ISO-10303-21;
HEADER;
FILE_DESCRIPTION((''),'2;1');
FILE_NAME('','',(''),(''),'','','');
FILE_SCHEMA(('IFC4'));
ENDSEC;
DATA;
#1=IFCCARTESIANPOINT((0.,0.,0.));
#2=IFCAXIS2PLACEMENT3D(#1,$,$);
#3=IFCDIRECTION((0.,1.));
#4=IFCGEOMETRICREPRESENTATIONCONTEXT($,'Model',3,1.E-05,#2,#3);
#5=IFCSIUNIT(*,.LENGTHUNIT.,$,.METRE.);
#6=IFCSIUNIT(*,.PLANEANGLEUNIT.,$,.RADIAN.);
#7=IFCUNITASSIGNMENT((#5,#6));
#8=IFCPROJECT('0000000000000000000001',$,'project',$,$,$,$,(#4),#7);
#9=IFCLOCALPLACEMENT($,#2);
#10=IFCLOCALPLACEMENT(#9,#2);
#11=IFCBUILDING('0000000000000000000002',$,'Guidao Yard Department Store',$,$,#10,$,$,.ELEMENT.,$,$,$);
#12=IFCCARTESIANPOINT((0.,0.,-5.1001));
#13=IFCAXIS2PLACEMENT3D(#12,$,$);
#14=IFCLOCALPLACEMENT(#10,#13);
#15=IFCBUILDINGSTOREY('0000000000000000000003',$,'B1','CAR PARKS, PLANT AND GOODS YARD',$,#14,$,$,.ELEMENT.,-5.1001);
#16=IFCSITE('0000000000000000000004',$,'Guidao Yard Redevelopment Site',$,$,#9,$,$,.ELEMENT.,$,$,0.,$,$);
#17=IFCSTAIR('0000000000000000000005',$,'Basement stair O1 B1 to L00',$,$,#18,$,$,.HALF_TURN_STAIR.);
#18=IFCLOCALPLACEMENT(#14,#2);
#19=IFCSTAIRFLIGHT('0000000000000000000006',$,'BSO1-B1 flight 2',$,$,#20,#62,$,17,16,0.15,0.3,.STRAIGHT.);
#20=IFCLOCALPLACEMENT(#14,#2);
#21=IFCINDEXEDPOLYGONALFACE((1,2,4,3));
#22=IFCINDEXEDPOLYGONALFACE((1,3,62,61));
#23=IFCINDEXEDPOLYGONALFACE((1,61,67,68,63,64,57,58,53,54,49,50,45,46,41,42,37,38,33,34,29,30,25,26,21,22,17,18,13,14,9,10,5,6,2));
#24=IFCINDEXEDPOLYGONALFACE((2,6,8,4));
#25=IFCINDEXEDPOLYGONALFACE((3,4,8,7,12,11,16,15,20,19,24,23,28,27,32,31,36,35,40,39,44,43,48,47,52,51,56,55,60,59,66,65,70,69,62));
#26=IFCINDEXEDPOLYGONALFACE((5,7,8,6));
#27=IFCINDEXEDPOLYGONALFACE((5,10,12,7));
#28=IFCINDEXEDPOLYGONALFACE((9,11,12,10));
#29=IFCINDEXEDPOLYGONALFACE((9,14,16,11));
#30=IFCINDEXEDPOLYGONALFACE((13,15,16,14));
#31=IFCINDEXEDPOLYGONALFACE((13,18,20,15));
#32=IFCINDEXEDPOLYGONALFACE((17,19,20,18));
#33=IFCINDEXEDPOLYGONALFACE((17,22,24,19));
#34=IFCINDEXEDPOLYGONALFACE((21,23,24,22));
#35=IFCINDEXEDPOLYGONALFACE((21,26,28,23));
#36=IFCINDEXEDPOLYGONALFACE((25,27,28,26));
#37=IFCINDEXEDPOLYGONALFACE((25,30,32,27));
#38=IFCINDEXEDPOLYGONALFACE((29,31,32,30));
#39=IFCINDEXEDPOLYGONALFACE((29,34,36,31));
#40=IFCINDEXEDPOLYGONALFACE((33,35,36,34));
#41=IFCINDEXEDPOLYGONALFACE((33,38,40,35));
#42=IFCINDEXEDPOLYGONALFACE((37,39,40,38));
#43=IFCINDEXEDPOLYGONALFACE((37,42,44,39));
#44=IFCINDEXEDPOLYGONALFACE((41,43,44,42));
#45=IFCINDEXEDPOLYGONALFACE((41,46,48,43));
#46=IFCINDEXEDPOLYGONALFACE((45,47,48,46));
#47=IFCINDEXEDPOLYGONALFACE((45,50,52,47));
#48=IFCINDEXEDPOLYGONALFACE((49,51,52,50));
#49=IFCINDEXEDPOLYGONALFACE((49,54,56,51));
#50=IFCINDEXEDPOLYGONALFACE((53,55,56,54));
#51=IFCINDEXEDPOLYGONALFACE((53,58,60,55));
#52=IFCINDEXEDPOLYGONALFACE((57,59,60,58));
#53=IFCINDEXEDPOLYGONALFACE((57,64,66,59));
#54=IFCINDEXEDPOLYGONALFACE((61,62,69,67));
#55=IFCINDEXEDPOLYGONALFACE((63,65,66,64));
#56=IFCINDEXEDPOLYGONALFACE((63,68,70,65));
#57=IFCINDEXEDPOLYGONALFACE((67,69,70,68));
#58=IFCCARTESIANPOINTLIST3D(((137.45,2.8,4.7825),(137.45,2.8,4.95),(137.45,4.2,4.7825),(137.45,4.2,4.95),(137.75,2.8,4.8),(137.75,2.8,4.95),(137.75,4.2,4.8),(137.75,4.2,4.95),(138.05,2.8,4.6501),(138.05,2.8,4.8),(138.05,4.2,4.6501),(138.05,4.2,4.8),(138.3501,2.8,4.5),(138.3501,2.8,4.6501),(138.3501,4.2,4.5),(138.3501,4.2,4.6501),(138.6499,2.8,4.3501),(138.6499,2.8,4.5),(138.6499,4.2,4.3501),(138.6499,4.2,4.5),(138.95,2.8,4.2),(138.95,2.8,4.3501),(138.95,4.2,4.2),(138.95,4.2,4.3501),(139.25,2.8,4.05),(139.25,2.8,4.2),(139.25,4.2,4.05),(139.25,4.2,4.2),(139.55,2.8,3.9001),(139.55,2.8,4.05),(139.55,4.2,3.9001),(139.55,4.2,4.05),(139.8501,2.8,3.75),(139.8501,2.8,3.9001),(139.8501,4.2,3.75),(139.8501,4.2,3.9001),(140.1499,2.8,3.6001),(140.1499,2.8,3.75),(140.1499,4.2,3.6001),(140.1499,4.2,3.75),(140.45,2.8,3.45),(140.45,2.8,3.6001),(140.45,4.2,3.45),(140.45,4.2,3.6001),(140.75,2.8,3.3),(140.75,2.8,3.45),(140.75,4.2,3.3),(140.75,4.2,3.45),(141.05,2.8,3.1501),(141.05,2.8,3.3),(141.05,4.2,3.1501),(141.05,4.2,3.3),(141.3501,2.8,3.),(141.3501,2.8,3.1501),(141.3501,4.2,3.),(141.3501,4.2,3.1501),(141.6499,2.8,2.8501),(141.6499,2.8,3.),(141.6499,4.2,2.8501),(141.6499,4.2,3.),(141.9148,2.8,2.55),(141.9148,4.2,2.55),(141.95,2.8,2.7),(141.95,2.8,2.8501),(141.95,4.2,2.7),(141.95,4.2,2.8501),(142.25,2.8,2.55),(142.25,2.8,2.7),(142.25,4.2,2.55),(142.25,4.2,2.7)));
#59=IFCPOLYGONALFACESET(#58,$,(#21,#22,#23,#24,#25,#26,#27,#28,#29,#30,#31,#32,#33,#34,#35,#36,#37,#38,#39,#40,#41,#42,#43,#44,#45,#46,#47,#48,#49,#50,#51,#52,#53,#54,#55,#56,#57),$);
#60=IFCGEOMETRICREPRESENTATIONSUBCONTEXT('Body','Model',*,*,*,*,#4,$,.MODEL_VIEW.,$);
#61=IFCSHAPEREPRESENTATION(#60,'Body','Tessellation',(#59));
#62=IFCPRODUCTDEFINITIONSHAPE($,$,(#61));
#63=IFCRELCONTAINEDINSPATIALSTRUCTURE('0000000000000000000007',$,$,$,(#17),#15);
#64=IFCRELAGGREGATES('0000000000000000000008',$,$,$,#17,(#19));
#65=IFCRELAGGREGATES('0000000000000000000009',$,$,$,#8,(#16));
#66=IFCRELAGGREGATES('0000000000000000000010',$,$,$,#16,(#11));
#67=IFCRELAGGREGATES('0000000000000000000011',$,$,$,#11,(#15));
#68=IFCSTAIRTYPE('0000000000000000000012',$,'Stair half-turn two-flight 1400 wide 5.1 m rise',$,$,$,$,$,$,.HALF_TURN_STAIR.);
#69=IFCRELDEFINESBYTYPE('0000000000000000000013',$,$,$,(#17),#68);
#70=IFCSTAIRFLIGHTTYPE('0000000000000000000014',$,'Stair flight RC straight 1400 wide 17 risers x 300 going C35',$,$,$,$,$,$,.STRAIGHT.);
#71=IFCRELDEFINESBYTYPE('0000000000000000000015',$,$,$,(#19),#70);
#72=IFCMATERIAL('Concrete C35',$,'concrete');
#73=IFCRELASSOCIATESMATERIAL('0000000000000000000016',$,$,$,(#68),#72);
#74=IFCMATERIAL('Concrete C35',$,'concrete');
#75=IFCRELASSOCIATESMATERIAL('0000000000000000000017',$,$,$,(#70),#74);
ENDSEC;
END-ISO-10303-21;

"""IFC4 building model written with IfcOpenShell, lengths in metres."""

from ifc_helpers import new_model, si_unit, direction, frame, origin, place, context, subcontext, project, spatial, polyline, outline, extrude, material, type_object, element, aggregate, save


model = new_model("IFC4")

# Units and contexts
model_context = context("Model", 3, precision=1e-05, world=origin(), true_north=direction((0.0, 1.0)))
body_context = subcontext(model_context, "Body", "Model", "MODEL_VIEW")
ifc_project = project(units=[si_unit("LENGTHUNIT", "METRE"), si_unit("PLANEANGLEUNIT", "RADIAN")], contexts=[model_context])

# Site, building, storey
site_placement = place(None, origin())
site = spatial("IfcSite", under=ifc_project, at=site_placement, Name="Guidao Yard Redevelopment Site", CompositionType="ELEMENT", RefElevation=0.0)
building_placement = place(site_placement, origin())
building = spatial("IfcBuilding", under=site, at=building_placement, Name="Guidao Yard Department Store", CompositionType="ELEMENT")
storey_placement = place(building_placement, frame((0.0, 0.0, -5.1001)))
storey = spatial("IfcBuildingStorey", under=building, at=storey_placement, Name="B1", Description="CAR PARKS, PLANT AND GOODS YARD", CompositionType="ELEMENT", Elevation=-5.1001)

# Stair, stair flight
ifc_material_1 = material(Name="Concrete C35", Category="concrete")
stair_type = type_object("IfcStairType", Name="Stair half-turn two-flight 1400 wide 5.1 m rise", PredefinedType="HALF_TURN_STAIR", material=ifc_material_1)
stair_placement = place(storey_placement, origin())
stair = element("IfcStair", 1, at=stair_placement, inside=storey, type_object=stair_type, Name="Basement stair O1 B1 to L00", PredefinedType="HALF_TURN_STAIR")
ifc_material_2 = material(Name="Concrete C35", Category="concrete")
stair_flight_type = type_object("IfcStairFlightType", Name="Stair flight RC straight 1400 wide 17 risers x 300 going C35", PredefinedType="STRAIGHT", material=ifc_material_2)
stair_flight_1_placement = place(storey_placement, frame((142.25, 3.5, 2.55), z_axis=(0.0, 0.0, 1.0), x_axis=(-1.0, 0.0, 0.0)))
stair_flight_1 = element("IfcStairFlight", 2, at=stair_flight_1_placement, type_object=stair_flight_type, Name="BSO1-B1 flight 2", NumberOfRisers=17, NumberOfTreads=16, PredefinedType="STRAIGHT", RiserHeight=0.15, TreadLength=0.3, context=body_context, shape_type="SweptSolid", body=[
    extrude(outline(polyline([(0.0, 0.0), (0.0, 0.1499), (0.3, 0.1499), (0.3, 0.3), (0.6001, 0.3), (0.6001, 0.45), (0.8999, 0.45), (0.8999, 0.6001), (1.2, 0.6001), (1.2, 0.75), (1.5, 0.75), (1.5, 0.8999), (1.8, 0.8999), (1.8, 1.05), (2.1001, 1.05), (2.1001, 1.2), (2.3999, 1.2), (2.3999, 1.3501), (2.7, 1.3501), (2.7, 1.5), (3.0, 1.5), (3.0, 1.6499), (3.3, 1.6499), (3.3, 1.8), (3.6001, 1.8), (3.6001, 1.95), (3.8999, 1.95), (3.8999, 2.1001), (4.2, 2.1001), (4.2, 2.25), (4.5, 2.25), (4.5, 2.3999), (4.8, 2.3999), (4.8, 2.55), (4.8, 2.2324), (0.3352, 0.0), (0.0, 0.0)])), frame((0.0, 0.7, 0.0), z_axis=(0.0, -1.0, 0.0), x_axis=(1.0, 0.0, 0.0)), (0.0, 0.0, 1.0), 1.3999),
])
aggregate(stair, [stair_flight_1])

save(model, "model.ifc")
